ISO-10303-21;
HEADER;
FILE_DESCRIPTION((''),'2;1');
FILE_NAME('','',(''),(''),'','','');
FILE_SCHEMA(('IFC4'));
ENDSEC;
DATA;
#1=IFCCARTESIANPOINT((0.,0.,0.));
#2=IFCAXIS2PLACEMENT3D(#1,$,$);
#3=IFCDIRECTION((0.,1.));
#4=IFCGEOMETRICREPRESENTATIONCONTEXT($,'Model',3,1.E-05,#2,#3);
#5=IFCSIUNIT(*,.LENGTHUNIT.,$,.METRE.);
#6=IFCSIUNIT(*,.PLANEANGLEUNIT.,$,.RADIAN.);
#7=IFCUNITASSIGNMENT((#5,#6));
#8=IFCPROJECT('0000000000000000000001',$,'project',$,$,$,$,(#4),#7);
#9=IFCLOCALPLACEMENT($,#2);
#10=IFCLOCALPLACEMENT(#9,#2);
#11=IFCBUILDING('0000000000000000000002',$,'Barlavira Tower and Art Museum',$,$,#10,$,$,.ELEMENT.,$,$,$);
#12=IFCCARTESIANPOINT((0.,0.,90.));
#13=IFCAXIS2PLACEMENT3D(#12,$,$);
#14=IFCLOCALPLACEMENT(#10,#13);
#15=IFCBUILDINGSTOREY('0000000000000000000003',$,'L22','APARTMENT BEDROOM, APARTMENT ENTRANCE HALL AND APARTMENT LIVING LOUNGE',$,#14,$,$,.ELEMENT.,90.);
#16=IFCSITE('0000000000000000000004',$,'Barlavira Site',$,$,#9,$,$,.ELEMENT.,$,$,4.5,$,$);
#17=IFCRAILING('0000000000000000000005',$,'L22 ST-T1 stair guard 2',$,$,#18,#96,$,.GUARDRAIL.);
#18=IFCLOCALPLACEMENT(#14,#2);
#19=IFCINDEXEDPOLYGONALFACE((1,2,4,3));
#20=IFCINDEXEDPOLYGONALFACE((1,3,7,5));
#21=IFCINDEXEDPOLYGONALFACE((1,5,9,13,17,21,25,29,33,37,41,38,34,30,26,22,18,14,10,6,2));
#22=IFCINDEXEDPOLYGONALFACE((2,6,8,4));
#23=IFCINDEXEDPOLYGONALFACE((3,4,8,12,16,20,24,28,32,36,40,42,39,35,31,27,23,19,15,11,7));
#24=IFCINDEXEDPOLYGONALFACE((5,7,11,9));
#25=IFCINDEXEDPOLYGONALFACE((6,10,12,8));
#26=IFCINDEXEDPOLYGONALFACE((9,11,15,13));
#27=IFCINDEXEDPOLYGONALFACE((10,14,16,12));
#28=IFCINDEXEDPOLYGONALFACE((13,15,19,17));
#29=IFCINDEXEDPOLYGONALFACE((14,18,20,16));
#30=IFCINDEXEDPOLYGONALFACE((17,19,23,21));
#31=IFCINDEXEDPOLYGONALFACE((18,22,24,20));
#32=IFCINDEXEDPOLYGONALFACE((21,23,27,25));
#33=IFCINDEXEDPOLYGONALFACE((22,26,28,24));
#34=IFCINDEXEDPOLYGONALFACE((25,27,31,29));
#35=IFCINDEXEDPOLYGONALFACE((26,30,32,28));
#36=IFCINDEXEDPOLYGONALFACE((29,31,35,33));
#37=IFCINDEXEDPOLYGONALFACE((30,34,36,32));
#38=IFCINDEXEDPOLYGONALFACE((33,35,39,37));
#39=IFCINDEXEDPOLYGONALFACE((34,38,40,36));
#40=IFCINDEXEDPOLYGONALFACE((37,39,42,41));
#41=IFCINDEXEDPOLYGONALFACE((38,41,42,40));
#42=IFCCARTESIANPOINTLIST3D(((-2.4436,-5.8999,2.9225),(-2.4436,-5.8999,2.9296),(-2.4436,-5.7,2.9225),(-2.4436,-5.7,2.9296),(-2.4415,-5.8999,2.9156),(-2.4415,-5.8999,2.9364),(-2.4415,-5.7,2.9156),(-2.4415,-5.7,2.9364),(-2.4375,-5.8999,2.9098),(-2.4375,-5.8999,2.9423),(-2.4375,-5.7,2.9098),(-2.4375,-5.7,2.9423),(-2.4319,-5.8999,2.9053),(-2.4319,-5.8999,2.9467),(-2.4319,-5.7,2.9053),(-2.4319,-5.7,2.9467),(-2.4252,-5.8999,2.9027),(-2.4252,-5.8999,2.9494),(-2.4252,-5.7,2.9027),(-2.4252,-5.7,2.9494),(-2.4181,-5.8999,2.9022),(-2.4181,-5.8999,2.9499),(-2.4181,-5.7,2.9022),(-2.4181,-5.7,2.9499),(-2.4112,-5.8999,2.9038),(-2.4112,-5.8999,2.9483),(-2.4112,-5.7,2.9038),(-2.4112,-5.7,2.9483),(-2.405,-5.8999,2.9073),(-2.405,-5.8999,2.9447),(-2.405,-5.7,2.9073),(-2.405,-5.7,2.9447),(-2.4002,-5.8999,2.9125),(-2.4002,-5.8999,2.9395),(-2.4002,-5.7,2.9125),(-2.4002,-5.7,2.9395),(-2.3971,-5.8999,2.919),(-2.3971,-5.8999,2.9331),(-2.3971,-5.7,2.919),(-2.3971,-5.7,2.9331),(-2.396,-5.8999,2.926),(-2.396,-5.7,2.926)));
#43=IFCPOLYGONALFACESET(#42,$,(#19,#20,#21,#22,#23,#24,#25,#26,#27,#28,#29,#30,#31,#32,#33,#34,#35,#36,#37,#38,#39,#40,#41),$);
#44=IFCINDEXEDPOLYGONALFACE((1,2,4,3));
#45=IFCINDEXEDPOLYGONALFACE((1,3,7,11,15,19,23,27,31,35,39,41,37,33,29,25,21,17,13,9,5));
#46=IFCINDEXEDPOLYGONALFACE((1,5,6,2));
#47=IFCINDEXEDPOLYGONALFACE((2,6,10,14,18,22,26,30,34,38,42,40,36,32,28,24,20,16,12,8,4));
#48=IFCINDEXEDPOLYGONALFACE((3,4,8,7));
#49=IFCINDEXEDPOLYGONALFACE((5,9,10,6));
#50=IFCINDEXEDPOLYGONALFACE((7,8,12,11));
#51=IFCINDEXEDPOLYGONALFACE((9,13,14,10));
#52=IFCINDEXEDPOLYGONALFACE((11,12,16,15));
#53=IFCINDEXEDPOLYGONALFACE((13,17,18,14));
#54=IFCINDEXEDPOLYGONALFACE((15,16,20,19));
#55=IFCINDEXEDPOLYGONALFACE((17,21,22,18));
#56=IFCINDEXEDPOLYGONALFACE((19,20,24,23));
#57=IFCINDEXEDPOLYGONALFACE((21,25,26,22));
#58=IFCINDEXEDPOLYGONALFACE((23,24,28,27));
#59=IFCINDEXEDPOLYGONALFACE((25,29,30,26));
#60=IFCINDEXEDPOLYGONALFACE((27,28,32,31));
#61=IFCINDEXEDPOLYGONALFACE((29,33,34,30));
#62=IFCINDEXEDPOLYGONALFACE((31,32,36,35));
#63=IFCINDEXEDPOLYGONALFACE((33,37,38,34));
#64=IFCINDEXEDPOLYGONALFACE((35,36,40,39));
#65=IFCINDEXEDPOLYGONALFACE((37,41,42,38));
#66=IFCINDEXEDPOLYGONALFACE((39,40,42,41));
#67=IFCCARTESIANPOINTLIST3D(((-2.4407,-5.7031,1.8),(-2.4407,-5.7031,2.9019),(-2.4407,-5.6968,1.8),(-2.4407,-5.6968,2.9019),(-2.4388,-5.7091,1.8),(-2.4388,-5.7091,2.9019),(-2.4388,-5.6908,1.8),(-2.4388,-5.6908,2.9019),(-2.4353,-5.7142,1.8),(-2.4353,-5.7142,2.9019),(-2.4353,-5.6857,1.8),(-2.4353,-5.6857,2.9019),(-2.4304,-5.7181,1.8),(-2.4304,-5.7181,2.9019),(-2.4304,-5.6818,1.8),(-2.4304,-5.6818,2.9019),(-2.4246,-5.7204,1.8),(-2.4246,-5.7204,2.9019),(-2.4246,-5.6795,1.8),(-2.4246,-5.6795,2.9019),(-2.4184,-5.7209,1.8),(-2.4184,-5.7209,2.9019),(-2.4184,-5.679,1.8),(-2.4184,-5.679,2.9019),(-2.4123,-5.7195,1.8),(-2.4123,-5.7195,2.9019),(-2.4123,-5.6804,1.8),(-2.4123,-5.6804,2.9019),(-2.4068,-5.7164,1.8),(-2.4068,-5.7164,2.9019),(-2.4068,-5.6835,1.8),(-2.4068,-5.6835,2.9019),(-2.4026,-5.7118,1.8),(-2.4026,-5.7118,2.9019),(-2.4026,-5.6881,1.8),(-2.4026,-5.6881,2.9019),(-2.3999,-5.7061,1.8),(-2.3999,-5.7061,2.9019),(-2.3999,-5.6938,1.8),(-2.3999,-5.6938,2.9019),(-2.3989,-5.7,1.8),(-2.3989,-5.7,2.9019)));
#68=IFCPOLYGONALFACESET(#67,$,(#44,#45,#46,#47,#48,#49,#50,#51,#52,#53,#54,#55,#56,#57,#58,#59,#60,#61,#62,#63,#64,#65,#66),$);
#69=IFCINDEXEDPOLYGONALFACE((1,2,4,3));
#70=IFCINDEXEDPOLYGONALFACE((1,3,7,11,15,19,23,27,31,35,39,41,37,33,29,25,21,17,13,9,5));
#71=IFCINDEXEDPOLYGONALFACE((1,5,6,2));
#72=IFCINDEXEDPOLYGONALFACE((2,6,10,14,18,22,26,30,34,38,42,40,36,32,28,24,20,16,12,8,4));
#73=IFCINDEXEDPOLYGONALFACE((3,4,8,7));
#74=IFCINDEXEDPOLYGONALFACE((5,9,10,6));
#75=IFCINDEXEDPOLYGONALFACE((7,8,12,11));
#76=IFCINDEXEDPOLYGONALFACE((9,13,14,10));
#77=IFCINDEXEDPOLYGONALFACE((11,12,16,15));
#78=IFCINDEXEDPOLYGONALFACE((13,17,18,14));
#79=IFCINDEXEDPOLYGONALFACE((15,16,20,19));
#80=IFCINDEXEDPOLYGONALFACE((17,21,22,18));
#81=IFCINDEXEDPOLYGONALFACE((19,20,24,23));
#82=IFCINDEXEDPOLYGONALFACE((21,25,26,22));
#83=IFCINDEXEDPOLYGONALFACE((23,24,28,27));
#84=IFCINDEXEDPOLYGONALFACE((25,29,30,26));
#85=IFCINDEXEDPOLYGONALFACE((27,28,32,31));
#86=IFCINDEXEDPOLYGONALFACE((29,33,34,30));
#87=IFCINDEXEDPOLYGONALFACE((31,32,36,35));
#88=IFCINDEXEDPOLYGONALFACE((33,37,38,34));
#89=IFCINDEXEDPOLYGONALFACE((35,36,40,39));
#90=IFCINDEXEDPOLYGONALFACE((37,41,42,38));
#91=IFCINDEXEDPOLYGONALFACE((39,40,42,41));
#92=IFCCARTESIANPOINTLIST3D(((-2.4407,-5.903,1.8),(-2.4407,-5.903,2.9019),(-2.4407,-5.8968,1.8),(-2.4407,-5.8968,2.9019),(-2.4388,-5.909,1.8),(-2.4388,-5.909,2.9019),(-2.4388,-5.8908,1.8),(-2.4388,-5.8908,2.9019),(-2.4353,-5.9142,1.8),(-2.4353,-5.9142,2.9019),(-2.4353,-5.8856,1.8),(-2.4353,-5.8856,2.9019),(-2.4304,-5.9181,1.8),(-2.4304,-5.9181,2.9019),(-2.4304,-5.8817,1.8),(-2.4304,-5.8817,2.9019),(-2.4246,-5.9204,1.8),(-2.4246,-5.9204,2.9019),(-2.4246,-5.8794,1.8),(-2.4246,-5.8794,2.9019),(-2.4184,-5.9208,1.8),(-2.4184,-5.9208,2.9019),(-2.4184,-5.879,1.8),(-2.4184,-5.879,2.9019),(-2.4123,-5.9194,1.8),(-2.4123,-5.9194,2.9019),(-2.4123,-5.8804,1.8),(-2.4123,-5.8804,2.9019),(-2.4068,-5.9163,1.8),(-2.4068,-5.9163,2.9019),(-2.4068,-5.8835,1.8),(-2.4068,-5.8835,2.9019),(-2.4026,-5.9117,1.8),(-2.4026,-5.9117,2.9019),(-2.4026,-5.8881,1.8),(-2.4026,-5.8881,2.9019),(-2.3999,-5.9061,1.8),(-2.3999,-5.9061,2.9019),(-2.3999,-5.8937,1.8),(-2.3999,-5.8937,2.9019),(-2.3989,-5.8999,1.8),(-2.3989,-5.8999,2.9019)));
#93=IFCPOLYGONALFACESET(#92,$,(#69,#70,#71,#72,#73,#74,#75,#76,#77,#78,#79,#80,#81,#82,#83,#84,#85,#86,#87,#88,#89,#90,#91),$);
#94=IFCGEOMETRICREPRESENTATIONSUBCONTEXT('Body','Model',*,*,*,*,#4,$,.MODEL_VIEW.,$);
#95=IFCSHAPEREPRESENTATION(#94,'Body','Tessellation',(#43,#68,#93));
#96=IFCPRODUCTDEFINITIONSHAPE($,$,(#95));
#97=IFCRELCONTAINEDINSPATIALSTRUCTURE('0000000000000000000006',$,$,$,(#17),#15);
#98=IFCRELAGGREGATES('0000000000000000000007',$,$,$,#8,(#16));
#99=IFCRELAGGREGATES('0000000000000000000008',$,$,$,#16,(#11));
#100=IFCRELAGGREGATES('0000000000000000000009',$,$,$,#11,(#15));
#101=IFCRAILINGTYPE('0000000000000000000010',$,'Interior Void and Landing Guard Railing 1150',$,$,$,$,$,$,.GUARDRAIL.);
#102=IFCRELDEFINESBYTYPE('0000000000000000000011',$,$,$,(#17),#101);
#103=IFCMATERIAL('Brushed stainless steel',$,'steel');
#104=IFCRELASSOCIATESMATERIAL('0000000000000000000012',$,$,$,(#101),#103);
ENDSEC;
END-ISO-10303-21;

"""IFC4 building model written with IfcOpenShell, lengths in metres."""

from ifc_helpers import new_model, si_unit, direction, frame, origin, origin_2d, place, context, subcontext, project, spatial, circle, extrude, material, type_object, element, save


model = new_model("IFC4")

# Units and contexts
model_context = context("Model", 3, precision=1e-05, world=origin(), true_north=direction((0.0, 1.0)))
body_context = subcontext(model_context, "Body", "Model", "MODEL_VIEW")
ifc_project = project(units=[si_unit("LENGTHUNIT", "METRE"), si_unit("PLANEANGLEUNIT", "RADIAN")], contexts=[model_context])

# Site, building, storey
site_placement = place(None, origin())
site = spatial("IfcSite", under=ifc_project, at=site_placement, Name="Barlavira Site", CompositionType="ELEMENT", RefElevation=4.5)
building_placement = place(site_placement, origin())
building = spatial("IfcBuilding", under=site, at=building_placement, Name="Barlavira Tower and Art Museum", CompositionType="ELEMENT")
storey_placement = place(building_placement, frame((0.0, 0.0, 90.0)))
storey = spatial("IfcBuildingStorey", under=building, at=storey_placement, Name="L22", Description="APARTMENT BEDROOM, APARTMENT ENTRANCE HALL AND APARTMENT LIVING LOUNGE", CompositionType="ELEMENT", Elevation=90.0)

# Shared definitions
ifc_material_1 = material(Name="Brushed stainless steel", Category="steel")

# Railing
railing_type_1 = type_object("IfcRailingType", Name="Interior Void and Landing Guard Railing 1150", PredefinedType="GUARDRAIL", material=ifc_material_1)
railing_1_placement = place(storey_placement, frame((-2.4199, -5.7, 1.8)))
element("IfcRailing", 1, at=railing_1_placement, inside=storey, type_object=railing_type_1, Name="L22 ST-T1 stair guard 2", PredefinedType="GUARDRAIL", context=body_context, shape_type="SweptSolid", body=[
    extrude(circle(Radius=0.0239, at=origin_2d()), frame((0.0, 0.0, 1.126), z_axis=(0.0, -1.0, 0.0), x_axis=(1.0, 0.0, 0.0)), (0.0, 0.0, 1.0), 0.2),
    extrude(circle(Radius=0.021, at=origin_2d()), origin(), (0.0, 0.0, 1.0), 1.1018),
    extrude(circle(Radius=0.021, at=origin_2d()), frame((0.0, -0.2, 0.0)), (0.0, 0.0, 1.0), 1.1018),
])

save(model, "model.ifc")
